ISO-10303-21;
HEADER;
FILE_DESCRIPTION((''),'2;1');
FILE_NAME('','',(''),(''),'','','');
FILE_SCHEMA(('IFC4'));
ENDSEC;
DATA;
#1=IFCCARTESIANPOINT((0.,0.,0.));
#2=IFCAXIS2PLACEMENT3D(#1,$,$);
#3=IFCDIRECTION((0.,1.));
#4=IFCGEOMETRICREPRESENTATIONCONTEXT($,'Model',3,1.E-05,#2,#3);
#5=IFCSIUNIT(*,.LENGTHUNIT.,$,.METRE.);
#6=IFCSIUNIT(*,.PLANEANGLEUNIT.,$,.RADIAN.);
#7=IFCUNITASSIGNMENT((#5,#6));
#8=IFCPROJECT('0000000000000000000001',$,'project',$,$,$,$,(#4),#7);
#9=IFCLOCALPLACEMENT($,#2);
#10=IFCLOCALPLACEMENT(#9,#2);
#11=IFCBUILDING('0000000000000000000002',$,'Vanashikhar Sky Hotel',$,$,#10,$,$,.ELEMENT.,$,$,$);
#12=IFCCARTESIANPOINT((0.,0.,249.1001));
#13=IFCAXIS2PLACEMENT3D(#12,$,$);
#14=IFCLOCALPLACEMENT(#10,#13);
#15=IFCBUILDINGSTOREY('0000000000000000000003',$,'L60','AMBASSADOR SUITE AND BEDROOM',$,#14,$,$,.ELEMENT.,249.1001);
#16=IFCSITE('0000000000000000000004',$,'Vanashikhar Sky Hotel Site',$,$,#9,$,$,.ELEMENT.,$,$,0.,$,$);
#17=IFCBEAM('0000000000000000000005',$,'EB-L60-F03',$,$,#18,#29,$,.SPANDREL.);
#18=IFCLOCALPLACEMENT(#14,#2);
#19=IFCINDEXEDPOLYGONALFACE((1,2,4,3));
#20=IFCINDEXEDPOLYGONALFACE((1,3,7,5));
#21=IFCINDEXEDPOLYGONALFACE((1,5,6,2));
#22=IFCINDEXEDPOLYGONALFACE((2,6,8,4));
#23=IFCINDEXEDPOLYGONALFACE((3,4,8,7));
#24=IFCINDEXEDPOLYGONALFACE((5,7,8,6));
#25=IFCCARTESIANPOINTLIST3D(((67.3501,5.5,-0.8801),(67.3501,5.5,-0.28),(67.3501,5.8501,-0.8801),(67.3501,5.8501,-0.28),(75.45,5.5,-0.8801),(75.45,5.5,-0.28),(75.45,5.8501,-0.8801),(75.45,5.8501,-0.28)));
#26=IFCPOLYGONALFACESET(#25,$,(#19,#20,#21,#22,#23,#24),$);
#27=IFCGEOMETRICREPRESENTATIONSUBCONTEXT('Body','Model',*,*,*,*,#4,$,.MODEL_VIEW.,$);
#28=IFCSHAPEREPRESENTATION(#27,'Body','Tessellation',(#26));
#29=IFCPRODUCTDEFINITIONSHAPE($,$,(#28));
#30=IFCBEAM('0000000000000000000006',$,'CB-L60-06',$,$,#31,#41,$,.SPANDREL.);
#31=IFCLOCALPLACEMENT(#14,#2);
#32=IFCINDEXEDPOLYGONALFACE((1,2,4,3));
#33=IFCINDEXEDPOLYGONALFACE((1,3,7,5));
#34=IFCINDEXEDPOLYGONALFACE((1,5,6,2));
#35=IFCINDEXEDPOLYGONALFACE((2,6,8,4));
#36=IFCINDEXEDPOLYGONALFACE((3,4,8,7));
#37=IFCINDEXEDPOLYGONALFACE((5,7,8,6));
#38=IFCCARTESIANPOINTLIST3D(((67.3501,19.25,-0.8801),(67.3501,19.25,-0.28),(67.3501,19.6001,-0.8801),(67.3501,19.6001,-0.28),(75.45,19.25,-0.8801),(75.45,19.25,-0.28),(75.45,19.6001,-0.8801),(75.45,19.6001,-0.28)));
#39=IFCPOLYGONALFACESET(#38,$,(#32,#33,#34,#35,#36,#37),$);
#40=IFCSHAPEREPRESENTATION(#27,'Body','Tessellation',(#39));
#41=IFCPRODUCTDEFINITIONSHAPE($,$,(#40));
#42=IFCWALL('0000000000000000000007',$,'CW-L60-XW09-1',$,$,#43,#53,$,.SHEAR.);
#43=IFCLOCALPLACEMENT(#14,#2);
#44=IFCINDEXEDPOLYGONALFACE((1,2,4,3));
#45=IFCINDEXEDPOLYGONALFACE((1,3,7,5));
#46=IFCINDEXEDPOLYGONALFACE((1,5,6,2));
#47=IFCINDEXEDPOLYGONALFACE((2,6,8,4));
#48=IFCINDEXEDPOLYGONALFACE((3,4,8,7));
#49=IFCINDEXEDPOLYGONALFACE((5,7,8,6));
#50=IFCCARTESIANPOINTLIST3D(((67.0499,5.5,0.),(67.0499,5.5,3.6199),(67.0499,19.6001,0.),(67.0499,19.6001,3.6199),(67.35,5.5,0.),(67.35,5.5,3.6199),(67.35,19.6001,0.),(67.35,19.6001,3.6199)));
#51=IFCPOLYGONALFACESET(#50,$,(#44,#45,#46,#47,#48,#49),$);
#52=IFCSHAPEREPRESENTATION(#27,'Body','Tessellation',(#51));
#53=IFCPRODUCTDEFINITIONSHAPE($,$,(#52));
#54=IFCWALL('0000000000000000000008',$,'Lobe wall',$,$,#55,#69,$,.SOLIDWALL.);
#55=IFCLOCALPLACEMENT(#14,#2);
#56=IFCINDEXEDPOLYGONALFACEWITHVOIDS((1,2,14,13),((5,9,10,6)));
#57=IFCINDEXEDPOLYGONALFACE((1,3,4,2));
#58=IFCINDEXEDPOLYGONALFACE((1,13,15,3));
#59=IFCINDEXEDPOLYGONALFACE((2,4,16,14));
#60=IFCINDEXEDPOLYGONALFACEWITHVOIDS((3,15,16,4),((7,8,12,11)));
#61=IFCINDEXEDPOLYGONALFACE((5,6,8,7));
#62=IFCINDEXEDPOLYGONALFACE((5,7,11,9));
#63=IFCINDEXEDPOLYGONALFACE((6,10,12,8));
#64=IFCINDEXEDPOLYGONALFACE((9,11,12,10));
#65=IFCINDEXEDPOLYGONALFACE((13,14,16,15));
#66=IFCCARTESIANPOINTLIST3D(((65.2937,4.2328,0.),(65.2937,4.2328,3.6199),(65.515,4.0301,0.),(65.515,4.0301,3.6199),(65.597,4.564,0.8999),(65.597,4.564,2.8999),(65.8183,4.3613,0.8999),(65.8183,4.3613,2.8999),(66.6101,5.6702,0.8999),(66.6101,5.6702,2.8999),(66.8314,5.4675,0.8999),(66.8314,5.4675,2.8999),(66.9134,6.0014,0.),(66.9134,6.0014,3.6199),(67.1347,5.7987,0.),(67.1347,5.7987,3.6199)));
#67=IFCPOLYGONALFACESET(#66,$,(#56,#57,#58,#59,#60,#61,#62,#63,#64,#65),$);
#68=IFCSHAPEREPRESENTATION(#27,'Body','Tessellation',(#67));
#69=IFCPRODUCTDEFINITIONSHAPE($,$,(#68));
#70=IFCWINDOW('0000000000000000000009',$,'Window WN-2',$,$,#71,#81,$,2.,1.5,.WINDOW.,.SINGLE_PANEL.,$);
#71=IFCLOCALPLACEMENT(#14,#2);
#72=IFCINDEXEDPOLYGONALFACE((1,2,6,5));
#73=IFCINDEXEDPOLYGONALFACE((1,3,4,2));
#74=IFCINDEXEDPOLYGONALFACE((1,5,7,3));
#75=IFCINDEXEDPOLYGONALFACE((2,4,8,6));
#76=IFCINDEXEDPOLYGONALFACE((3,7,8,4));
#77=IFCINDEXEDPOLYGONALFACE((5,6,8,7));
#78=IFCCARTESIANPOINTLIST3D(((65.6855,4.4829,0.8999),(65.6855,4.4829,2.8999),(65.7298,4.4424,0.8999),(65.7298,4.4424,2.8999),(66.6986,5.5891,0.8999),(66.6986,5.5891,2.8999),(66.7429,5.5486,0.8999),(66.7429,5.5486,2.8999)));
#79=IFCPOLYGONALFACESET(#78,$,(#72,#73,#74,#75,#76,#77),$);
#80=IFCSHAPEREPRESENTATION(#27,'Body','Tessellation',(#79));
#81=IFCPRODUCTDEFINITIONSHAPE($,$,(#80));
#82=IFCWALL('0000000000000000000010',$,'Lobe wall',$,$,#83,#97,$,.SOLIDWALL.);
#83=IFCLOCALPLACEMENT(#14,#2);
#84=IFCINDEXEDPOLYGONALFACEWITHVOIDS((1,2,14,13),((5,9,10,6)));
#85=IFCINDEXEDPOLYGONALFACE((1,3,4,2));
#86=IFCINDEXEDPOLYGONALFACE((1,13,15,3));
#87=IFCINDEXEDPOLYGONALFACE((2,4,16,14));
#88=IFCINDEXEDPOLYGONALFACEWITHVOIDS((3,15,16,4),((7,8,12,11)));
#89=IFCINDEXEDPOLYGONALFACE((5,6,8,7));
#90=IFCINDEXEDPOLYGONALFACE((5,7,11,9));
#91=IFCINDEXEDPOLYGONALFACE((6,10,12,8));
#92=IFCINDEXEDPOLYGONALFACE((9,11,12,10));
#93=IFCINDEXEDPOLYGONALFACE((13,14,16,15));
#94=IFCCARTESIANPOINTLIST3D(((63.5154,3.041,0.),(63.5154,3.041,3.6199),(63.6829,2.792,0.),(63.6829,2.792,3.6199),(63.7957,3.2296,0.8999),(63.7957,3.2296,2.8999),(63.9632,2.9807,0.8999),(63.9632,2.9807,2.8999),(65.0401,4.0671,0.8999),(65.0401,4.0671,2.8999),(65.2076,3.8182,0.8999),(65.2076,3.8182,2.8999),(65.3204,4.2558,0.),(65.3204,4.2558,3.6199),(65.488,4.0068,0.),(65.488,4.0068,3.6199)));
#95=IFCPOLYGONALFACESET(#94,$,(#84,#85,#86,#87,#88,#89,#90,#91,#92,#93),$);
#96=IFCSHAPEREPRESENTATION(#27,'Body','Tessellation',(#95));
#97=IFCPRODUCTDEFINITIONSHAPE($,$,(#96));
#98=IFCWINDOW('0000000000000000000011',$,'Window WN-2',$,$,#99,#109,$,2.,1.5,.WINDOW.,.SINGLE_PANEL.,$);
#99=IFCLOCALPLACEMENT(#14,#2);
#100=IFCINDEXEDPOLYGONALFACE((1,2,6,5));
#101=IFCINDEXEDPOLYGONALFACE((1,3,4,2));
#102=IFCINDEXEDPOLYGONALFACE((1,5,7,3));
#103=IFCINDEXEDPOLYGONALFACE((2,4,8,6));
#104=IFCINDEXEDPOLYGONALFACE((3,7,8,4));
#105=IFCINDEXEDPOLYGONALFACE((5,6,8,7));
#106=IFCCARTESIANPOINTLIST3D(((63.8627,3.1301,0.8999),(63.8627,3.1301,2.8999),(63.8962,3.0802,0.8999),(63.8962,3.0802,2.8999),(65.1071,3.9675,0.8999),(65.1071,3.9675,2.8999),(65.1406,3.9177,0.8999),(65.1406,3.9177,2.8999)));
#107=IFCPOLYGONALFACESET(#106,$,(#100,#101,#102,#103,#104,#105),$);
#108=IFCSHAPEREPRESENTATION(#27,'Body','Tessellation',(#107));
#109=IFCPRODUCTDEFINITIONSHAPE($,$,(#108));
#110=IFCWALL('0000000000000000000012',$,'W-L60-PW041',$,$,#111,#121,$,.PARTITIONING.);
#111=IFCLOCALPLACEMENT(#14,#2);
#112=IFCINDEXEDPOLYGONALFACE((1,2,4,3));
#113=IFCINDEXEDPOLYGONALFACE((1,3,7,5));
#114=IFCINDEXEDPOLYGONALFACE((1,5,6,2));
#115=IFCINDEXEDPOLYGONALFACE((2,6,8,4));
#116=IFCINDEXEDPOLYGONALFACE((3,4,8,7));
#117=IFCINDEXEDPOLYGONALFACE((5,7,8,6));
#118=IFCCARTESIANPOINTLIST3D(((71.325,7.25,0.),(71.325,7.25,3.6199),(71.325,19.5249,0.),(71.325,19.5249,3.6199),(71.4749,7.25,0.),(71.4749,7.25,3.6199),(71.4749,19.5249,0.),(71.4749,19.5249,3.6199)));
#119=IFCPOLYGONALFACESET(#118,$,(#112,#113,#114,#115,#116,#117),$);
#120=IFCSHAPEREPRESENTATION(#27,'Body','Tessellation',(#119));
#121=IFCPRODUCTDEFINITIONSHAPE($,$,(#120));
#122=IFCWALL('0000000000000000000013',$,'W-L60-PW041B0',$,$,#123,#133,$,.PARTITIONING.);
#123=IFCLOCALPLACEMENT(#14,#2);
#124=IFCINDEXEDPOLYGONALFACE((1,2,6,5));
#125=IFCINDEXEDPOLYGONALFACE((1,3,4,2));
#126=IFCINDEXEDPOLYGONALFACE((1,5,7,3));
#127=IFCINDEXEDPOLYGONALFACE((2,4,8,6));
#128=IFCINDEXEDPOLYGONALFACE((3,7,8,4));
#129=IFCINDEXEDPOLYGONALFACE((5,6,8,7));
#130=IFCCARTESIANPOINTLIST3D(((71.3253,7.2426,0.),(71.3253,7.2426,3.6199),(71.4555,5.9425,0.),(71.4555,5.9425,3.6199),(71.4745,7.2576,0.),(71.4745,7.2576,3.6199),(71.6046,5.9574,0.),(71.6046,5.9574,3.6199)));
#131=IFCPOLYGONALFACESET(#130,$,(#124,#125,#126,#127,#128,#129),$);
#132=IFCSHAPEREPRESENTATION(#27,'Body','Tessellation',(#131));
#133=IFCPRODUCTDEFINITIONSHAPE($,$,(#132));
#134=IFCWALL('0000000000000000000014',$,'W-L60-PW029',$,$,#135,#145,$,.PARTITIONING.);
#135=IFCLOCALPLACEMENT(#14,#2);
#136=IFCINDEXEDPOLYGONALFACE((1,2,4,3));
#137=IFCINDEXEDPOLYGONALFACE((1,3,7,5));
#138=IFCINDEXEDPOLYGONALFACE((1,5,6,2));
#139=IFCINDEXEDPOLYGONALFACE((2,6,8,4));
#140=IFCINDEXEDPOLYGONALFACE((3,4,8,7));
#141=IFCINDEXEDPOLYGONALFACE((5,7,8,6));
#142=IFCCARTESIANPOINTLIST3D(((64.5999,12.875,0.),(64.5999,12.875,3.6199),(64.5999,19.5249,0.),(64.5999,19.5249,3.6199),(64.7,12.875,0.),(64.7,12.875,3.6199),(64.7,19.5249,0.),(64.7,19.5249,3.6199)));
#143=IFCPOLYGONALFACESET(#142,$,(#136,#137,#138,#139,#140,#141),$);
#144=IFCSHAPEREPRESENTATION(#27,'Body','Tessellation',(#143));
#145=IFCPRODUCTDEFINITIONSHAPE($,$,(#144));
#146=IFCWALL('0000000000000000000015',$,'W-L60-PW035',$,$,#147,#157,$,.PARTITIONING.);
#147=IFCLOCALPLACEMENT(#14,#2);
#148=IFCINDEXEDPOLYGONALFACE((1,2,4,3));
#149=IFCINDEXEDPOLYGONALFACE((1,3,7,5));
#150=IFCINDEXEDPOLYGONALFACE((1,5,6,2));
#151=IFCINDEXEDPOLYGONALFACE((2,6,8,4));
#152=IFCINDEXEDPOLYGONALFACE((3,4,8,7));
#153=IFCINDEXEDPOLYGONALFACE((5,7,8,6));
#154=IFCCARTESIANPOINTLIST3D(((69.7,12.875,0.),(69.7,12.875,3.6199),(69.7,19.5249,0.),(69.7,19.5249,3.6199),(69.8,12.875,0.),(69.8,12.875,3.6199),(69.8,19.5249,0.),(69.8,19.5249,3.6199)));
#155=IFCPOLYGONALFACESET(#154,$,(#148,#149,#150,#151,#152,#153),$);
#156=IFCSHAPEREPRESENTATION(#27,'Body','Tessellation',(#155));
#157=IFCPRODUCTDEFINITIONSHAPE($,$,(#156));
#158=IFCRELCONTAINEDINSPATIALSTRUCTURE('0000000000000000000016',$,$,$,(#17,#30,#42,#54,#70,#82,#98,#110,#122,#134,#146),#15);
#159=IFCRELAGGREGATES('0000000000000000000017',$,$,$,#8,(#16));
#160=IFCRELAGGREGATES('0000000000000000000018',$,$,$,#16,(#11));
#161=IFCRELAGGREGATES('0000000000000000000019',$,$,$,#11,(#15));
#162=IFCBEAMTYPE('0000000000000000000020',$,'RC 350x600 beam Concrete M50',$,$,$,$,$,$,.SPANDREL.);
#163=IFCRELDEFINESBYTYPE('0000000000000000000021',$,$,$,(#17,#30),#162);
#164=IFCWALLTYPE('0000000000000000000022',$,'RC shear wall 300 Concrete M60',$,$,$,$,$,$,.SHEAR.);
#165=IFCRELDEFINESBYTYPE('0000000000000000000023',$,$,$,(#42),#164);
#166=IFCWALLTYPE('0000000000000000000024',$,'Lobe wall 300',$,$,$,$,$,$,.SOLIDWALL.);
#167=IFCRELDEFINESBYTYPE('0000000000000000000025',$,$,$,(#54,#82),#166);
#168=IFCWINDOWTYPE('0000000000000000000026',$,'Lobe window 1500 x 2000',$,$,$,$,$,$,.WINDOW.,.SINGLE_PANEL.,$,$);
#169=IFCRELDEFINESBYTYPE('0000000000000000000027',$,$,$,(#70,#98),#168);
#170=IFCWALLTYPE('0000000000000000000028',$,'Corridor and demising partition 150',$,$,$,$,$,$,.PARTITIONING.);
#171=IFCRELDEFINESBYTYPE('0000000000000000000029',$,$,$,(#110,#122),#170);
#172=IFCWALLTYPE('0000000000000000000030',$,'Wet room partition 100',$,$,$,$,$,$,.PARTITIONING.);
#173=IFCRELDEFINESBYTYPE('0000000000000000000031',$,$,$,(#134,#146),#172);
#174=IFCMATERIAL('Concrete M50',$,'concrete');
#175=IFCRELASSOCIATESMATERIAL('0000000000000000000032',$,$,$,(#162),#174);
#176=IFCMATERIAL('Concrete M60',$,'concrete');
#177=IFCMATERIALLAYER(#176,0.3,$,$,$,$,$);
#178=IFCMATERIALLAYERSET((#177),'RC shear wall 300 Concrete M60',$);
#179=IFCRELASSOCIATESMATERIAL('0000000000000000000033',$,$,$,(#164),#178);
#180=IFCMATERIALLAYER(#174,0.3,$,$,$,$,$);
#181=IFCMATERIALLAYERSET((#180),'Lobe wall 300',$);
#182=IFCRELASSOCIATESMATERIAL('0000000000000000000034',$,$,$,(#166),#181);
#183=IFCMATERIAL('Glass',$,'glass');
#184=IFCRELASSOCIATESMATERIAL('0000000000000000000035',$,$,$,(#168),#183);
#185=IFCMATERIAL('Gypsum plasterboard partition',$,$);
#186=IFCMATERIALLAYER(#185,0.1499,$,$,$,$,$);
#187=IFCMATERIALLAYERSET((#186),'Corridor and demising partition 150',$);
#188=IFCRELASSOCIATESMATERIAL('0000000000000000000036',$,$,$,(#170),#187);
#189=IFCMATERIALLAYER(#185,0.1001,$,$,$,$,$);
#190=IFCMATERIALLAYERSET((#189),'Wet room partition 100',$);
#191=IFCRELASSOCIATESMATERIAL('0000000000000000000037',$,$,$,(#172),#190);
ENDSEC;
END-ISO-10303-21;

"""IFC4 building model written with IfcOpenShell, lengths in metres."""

from ifc_helpers import new_model, si_unit, direction, frame, frame_2d, origin, origin_2d, place, context, subcontext, project, spatial, rectangle, extrude, source, transform, mapped, material, layer, layer_set, material_profile, profile_set, type_object, element, fill, save


model = new_model("IFC4")

# Units and contexts
model_context = context("Model", 3, precision=1e-05, world=origin(), true_north=direction((0.0, 1.0)))
body_context = subcontext(model_context, "Body", "Model", "MODEL_VIEW")
ifc_project = project(units=[si_unit("LENGTHUNIT", "METRE"), si_unit("PLANEANGLEUNIT", "RADIAN")], contexts=[model_context])

# Site, building, storey
site_placement = place(None, origin())
site = spatial("IfcSite", under=ifc_project, at=site_placement, Name="Vanashikhar Sky Hotel Site", CompositionType="ELEMENT", RefElevation=0.0)
building_placement = place(site_placement, origin())
building = spatial("IfcBuilding", under=site, at=building_placement, Name="Vanashikhar Sky Hotel", CompositionType="ELEMENT")
storey_placement = place(building_placement, frame((0.0, 0.0, 249.1001)))
storey = spatial("IfcBuildingStorey", under=building, at=storey_placement, Name="L60", Description="AMBASSADOR SUITE AND BEDROOM", CompositionType="ELEMENT", Elevation=249.1001)

# Beams
ifc_material_1 = material(Name="Concrete M50", Category="concrete")
ifc_material_profile_1 = material_profile(ifc_material_1, rectangle(XDim=0.3501, YDim=0.6001, at=origin_2d()))
ifc_profile_set_1 = profile_set([ifc_material_profile_1], Name="RC 350x600 beam Concrete M50")
beam_type = type_object("IfcBeamType", Name="RC 350x600 beam Concrete M50", PredefinedType="SPANDREL", material=ifc_profile_set_1)
shared_shape_1 = source(origin(), body_context, "Body", "SweptSolid", [
    extrude(rectangle(XDim=0.3501, YDim=0.6001, at=origin_2d()), origin(), (0.0, 0.0, 1.0), 8.0999),
])
for number, where, z_axis, x_axis, name in (
    (1, (67.3501, 5.675, -0.5801), (1.0, 0.0, 0.0), (0.0, 1.0, 0.0), "EB-L60-F03"),
    (2, (67.3501, 19.425, -0.5801), (1.0, 0.0, 0.0), (0.0, 1.0, 0.0), "CB-L60-06"),
):
    element("IfcBeam", number, at=place(storey_placement, frame(where, z_axis=z_axis, x_axis=x_axis)), inside=storey, type_object=beam_type, Name=name, PredefinedType="SPANDREL", context=body_context, shape_type="MappedRepresentation", body=[
        mapped(shared_shape_1, transform((0.0, 0.0, 0.0), scale=1.0)),
    ])

# Wall
ifc_material_2 = material(Name="Concrete M60", Category="concrete")
ifc_layer_1 = layer(ifc_material_2, 0.3)
ifc_layer_set_1 = layer_set([ifc_layer_1], Name="RC shear wall 300 Concrete M60")
wall_type_1 = type_object("IfcWallType", Name="RC shear wall 300 Concrete M60", PredefinedType="SHEAR", material=ifc_layer_set_1)
shared_shape_2 = source(origin(), body_context, "Body", "SweptSolid", [
    extrude(rectangle(XDim=14.1001, YDim=0.3, at=frame_2d((7.05, 0.0))), origin(), (0.0, 0.0, 1.0), 3.6199),
])
wall_1_placement = place(storey_placement, frame((67.2, 5.5, 0.0), z_axis=(0.0, 0.0, 1.0), x_axis=(0.0, 1.0, 0.0)))
element("IfcWall", 3, at=wall_1_placement, inside=storey, type_object=wall_type_1, Name="CW-L60-XW09-1", PredefinedType="SHEAR", context=body_context, shape_type="MappedRepresentation", body=[
    mapped(shared_shape_2, transform((0.0, 0.0, 0.0), scale=1.0)),
])

# Shared definitions
ifc_material_3 = material(Name="Glass", Category="glass")

# Walls, openings, windows
ifc_layer_2 = layer(ifc_material_1, 0.3)
ifc_layer_set_2 = layer_set([ifc_layer_2], Name="Lobe wall 300")
wall_type_2 = type_object("IfcWallType", Name="Lobe wall 300", PredefinedType="SOLIDWALL", material=ifc_layer_set_2)
shared_shape_3 = source(origin(), body_context, "Body", "SweptSolid", [
    extrude(rectangle(XDim=2.3982, YDim=0.3, at=frame_2d((1.1992, 0.0))), origin(), (0.0, 0.0, 1.0), 3.6199),
])
wall_2_placement = place(storey_placement, frame((65.4043, 4.1313, 0.0), z_axis=(0.0, 0.0, 1.0), x_axis=(0.675374, 0.737475, 0.0)))
wall_2 = element("IfcWall", 4, at=wall_2_placement, inside=storey, type_object=wall_type_2, Name="Lobe wall", PredefinedType="SOLIDWALL", context=body_context, shape_type="MappedRepresentation", body=[
    mapped(shared_shape_3, transform((0.0, 0.0, 0.0), scale=1.0)),
])
shared_shape_4 = source(origin(), body_context, "Body", "SweptSolid", [
    extrude(rectangle(XDim=1.5, YDim=2.0, at=frame_2d((0.75, 1.0))), frame((0.0, 0.1602, 0.0), z_axis=(0.0, -1.0, 0.0), x_axis=(1.0, 0.0, 0.0)), (0.0, 0.0, 1.0), 0.3201),
])
opening_1_placement = place(wall_2_placement, frame((0.4492, 0.0, 0.8999)))
opening_1 = element("IfcOpeningElement", 5, at=opening_1_placement, cuts=wall_2, PredefinedType="OPENING", context=body_context, shape_type="MappedRepresentation", body=[
    mapped(shared_shape_4, transform((0.0, 0.0, 0.0), scale=1.0)),
])
window_type_1 = type_object("IfcWindowType", Name="Lobe window 1500 x 2000", PartitioningType="SINGLE_PANEL", PredefinedType="WINDOW", material=ifc_material_3)
shared_shape_5 = source(origin(), body_context, "Body", "SweptSolid", [
    extrude(rectangle(XDim=1.5, YDim=2.0, at=frame_2d((0.75, 1.0))), frame((0.0, 0.03, 0.0), z_axis=(0.0, -1.0, 0.0), x_axis=(1.0, 0.0, 0.0)), (0.0, 0.0, 1.0), 0.0601),
])
window_1_placement = place(opening_1_placement, origin())
window_1 = element("IfcWindow", 6, at=window_1_placement, inside=storey, type_object=window_type_1, Name="Window WN-2", OverallHeight=2.0, OverallWidth=1.5, PartitioningType="SINGLE_PANEL", PredefinedType="WINDOW", context=body_context, shape_type="MappedRepresentation", body=[
    mapped(shared_shape_5, transform((0.0, 0.0, 0.0), scale=1.0)),
])
fill(opening_1, window_1)
shared_shape_6 = source(origin(), body_context, "Body", "SweptSolid", [
    extrude(rectangle(XDim=2.1758, YDim=0.3, at=frame_2d((1.0879, 0.0))), origin(), (0.0, 0.0, 1.0), 3.6199),
])
wall_3_placement = place(storey_placement, frame((63.5991, 2.9165, 0.0), z_axis=(0.0, 0.0, 1.0), x_axis=(0.829626, 0.55832, 0.0)))
wall_3 = element("IfcWall", 7, at=wall_3_placement, inside=storey, type_object=wall_type_2, Name="Lobe wall", PredefinedType="SOLIDWALL", context=body_context, shape_type="MappedRepresentation", body=[
    mapped(shared_shape_6, transform((0.0, 0.0, 0.0), scale=1.0)),
])
opening_2_placement = place(wall_3_placement, frame((0.3379, 0.0, 0.8999)))
opening_2 = element("IfcOpeningElement", 8, at=opening_2_placement, cuts=wall_3, PredefinedType="OPENING", context=body_context, shape_type="MappedRepresentation", body=[
    mapped(shared_shape_4, transform((0.0, 0.0, 0.0), scale=1.0)),
])
window_2_placement = place(opening_2_placement, origin())
window_2 = element("IfcWindow", 9, at=window_2_placement, inside=storey, type_object=window_type_1, Name="Window WN-2", OverallHeight=2.0, OverallWidth=1.5, PartitioningType="SINGLE_PANEL", PredefinedType="WINDOW", context=body_context, shape_type="MappedRepresentation", body=[
    mapped(shared_shape_5, transform((0.0, 0.0, 0.0), scale=1.0)),
])
fill(opening_2, window_2)

# Walls
ifc_material_4 = material(Name="Gypsum plasterboard partition")
ifc_layer_3 = layer(ifc_material_4, 0.1499)
ifc_layer_set_3 = layer_set([ifc_layer_3], Name="Corridor and demising partition 150")
wall_type_3 = type_object("IfcWallType", Name="Corridor and demising partition 150", PredefinedType="PARTITIONING", material=ifc_layer_set_3)
shared_shape_7 = source(origin(), body_context, "Body", "SweptSolid", [
    extrude(rectangle(XDim=12.2749, YDim=0.1499, at=frame_2d((6.1375, 0.0))), origin(), (0.0, 0.0, 1.0), 3.6199),
])
wall_4_placement = place(storey_placement, frame((71.3999, 7.25, 0.0), z_axis=(0.0, 0.0, 1.0), x_axis=(0.0, 1.0, 0.0)))
element("IfcWall", 10, at=wall_4_placement, inside=storey, type_object=wall_type_3, Name="W-L60-PW041", PredefinedType="PARTITIONING", context=body_context, shape_type="MappedRepresentation", body=[
    mapped(shared_shape_7, transform((0.0, 0.0, 0.0), scale=1.0)),
])
shared_shape_8 = source(origin(), body_context, "Body", "SweptSolid", [
    extrude(rectangle(XDim=1.3066, YDim=0.1499, at=frame_2d((0.6533, 0.0))), origin(), (0.0, 0.0, 1.0), 3.6199),
])
wall_5_placement = place(storey_placement, frame((71.53, 5.95, 0.0), z_axis=(0.0, 0.0, 1.0), x_axis=(-0.099596, 0.995028, 0.0)))
element("IfcWall", 11, at=wall_5_placement, inside=storey, type_object=wall_type_3, Name="W-L60-PW041B0", PredefinedType="PARTITIONING", context=body_context, shape_type="MappedRepresentation", body=[
    mapped(shared_shape_8, transform((0.0, 0.0, 0.0), scale=1.0)),
])
ifc_layer_4 = layer(ifc_material_4, 0.1001)
ifc_layer_set_4 = layer_set([ifc_layer_4], Name="Wet room partition 100")
wall_type_4 = type_object("IfcWallType", Name="Wet room partition 100", PredefinedType="PARTITIONING", material=ifc_layer_set_4)
shared_shape_9 = source(origin(), body_context, "Body", "SweptSolid", [
    extrude(rectangle(XDim=6.6499, YDim=0.1001, at=frame_2d((3.325, 0.0))), origin(), (0.0, 0.0, 1.0), 3.6199),
])
for number, where, z_axis, x_axis, name in (
    (12, (64.6499, 12.875, 0.0), (0.0, 0.0, 1.0), (0.0, 1.0, 0.0), "W-L60-PW029"),
    (13, (69.75, 12.875, 0.0), (0.0, 0.0, 1.0), (0.0, 1.0, 0.0), "W-L60-PW035"),
):
    element("IfcWall", number, at=place(storey_placement, frame(where, z_axis=z_axis, x_axis=x_axis)), inside=storey, type_object=wall_type_4, Name=name, PredefinedType="PARTITIONING", context=body_context, shape_type="MappedRepresentation", body=[
        mapped(shared_shape_9, transform((0.0, 0.0, 0.0), scale=1.0)),
    ])

save(model, "model.ifc")
